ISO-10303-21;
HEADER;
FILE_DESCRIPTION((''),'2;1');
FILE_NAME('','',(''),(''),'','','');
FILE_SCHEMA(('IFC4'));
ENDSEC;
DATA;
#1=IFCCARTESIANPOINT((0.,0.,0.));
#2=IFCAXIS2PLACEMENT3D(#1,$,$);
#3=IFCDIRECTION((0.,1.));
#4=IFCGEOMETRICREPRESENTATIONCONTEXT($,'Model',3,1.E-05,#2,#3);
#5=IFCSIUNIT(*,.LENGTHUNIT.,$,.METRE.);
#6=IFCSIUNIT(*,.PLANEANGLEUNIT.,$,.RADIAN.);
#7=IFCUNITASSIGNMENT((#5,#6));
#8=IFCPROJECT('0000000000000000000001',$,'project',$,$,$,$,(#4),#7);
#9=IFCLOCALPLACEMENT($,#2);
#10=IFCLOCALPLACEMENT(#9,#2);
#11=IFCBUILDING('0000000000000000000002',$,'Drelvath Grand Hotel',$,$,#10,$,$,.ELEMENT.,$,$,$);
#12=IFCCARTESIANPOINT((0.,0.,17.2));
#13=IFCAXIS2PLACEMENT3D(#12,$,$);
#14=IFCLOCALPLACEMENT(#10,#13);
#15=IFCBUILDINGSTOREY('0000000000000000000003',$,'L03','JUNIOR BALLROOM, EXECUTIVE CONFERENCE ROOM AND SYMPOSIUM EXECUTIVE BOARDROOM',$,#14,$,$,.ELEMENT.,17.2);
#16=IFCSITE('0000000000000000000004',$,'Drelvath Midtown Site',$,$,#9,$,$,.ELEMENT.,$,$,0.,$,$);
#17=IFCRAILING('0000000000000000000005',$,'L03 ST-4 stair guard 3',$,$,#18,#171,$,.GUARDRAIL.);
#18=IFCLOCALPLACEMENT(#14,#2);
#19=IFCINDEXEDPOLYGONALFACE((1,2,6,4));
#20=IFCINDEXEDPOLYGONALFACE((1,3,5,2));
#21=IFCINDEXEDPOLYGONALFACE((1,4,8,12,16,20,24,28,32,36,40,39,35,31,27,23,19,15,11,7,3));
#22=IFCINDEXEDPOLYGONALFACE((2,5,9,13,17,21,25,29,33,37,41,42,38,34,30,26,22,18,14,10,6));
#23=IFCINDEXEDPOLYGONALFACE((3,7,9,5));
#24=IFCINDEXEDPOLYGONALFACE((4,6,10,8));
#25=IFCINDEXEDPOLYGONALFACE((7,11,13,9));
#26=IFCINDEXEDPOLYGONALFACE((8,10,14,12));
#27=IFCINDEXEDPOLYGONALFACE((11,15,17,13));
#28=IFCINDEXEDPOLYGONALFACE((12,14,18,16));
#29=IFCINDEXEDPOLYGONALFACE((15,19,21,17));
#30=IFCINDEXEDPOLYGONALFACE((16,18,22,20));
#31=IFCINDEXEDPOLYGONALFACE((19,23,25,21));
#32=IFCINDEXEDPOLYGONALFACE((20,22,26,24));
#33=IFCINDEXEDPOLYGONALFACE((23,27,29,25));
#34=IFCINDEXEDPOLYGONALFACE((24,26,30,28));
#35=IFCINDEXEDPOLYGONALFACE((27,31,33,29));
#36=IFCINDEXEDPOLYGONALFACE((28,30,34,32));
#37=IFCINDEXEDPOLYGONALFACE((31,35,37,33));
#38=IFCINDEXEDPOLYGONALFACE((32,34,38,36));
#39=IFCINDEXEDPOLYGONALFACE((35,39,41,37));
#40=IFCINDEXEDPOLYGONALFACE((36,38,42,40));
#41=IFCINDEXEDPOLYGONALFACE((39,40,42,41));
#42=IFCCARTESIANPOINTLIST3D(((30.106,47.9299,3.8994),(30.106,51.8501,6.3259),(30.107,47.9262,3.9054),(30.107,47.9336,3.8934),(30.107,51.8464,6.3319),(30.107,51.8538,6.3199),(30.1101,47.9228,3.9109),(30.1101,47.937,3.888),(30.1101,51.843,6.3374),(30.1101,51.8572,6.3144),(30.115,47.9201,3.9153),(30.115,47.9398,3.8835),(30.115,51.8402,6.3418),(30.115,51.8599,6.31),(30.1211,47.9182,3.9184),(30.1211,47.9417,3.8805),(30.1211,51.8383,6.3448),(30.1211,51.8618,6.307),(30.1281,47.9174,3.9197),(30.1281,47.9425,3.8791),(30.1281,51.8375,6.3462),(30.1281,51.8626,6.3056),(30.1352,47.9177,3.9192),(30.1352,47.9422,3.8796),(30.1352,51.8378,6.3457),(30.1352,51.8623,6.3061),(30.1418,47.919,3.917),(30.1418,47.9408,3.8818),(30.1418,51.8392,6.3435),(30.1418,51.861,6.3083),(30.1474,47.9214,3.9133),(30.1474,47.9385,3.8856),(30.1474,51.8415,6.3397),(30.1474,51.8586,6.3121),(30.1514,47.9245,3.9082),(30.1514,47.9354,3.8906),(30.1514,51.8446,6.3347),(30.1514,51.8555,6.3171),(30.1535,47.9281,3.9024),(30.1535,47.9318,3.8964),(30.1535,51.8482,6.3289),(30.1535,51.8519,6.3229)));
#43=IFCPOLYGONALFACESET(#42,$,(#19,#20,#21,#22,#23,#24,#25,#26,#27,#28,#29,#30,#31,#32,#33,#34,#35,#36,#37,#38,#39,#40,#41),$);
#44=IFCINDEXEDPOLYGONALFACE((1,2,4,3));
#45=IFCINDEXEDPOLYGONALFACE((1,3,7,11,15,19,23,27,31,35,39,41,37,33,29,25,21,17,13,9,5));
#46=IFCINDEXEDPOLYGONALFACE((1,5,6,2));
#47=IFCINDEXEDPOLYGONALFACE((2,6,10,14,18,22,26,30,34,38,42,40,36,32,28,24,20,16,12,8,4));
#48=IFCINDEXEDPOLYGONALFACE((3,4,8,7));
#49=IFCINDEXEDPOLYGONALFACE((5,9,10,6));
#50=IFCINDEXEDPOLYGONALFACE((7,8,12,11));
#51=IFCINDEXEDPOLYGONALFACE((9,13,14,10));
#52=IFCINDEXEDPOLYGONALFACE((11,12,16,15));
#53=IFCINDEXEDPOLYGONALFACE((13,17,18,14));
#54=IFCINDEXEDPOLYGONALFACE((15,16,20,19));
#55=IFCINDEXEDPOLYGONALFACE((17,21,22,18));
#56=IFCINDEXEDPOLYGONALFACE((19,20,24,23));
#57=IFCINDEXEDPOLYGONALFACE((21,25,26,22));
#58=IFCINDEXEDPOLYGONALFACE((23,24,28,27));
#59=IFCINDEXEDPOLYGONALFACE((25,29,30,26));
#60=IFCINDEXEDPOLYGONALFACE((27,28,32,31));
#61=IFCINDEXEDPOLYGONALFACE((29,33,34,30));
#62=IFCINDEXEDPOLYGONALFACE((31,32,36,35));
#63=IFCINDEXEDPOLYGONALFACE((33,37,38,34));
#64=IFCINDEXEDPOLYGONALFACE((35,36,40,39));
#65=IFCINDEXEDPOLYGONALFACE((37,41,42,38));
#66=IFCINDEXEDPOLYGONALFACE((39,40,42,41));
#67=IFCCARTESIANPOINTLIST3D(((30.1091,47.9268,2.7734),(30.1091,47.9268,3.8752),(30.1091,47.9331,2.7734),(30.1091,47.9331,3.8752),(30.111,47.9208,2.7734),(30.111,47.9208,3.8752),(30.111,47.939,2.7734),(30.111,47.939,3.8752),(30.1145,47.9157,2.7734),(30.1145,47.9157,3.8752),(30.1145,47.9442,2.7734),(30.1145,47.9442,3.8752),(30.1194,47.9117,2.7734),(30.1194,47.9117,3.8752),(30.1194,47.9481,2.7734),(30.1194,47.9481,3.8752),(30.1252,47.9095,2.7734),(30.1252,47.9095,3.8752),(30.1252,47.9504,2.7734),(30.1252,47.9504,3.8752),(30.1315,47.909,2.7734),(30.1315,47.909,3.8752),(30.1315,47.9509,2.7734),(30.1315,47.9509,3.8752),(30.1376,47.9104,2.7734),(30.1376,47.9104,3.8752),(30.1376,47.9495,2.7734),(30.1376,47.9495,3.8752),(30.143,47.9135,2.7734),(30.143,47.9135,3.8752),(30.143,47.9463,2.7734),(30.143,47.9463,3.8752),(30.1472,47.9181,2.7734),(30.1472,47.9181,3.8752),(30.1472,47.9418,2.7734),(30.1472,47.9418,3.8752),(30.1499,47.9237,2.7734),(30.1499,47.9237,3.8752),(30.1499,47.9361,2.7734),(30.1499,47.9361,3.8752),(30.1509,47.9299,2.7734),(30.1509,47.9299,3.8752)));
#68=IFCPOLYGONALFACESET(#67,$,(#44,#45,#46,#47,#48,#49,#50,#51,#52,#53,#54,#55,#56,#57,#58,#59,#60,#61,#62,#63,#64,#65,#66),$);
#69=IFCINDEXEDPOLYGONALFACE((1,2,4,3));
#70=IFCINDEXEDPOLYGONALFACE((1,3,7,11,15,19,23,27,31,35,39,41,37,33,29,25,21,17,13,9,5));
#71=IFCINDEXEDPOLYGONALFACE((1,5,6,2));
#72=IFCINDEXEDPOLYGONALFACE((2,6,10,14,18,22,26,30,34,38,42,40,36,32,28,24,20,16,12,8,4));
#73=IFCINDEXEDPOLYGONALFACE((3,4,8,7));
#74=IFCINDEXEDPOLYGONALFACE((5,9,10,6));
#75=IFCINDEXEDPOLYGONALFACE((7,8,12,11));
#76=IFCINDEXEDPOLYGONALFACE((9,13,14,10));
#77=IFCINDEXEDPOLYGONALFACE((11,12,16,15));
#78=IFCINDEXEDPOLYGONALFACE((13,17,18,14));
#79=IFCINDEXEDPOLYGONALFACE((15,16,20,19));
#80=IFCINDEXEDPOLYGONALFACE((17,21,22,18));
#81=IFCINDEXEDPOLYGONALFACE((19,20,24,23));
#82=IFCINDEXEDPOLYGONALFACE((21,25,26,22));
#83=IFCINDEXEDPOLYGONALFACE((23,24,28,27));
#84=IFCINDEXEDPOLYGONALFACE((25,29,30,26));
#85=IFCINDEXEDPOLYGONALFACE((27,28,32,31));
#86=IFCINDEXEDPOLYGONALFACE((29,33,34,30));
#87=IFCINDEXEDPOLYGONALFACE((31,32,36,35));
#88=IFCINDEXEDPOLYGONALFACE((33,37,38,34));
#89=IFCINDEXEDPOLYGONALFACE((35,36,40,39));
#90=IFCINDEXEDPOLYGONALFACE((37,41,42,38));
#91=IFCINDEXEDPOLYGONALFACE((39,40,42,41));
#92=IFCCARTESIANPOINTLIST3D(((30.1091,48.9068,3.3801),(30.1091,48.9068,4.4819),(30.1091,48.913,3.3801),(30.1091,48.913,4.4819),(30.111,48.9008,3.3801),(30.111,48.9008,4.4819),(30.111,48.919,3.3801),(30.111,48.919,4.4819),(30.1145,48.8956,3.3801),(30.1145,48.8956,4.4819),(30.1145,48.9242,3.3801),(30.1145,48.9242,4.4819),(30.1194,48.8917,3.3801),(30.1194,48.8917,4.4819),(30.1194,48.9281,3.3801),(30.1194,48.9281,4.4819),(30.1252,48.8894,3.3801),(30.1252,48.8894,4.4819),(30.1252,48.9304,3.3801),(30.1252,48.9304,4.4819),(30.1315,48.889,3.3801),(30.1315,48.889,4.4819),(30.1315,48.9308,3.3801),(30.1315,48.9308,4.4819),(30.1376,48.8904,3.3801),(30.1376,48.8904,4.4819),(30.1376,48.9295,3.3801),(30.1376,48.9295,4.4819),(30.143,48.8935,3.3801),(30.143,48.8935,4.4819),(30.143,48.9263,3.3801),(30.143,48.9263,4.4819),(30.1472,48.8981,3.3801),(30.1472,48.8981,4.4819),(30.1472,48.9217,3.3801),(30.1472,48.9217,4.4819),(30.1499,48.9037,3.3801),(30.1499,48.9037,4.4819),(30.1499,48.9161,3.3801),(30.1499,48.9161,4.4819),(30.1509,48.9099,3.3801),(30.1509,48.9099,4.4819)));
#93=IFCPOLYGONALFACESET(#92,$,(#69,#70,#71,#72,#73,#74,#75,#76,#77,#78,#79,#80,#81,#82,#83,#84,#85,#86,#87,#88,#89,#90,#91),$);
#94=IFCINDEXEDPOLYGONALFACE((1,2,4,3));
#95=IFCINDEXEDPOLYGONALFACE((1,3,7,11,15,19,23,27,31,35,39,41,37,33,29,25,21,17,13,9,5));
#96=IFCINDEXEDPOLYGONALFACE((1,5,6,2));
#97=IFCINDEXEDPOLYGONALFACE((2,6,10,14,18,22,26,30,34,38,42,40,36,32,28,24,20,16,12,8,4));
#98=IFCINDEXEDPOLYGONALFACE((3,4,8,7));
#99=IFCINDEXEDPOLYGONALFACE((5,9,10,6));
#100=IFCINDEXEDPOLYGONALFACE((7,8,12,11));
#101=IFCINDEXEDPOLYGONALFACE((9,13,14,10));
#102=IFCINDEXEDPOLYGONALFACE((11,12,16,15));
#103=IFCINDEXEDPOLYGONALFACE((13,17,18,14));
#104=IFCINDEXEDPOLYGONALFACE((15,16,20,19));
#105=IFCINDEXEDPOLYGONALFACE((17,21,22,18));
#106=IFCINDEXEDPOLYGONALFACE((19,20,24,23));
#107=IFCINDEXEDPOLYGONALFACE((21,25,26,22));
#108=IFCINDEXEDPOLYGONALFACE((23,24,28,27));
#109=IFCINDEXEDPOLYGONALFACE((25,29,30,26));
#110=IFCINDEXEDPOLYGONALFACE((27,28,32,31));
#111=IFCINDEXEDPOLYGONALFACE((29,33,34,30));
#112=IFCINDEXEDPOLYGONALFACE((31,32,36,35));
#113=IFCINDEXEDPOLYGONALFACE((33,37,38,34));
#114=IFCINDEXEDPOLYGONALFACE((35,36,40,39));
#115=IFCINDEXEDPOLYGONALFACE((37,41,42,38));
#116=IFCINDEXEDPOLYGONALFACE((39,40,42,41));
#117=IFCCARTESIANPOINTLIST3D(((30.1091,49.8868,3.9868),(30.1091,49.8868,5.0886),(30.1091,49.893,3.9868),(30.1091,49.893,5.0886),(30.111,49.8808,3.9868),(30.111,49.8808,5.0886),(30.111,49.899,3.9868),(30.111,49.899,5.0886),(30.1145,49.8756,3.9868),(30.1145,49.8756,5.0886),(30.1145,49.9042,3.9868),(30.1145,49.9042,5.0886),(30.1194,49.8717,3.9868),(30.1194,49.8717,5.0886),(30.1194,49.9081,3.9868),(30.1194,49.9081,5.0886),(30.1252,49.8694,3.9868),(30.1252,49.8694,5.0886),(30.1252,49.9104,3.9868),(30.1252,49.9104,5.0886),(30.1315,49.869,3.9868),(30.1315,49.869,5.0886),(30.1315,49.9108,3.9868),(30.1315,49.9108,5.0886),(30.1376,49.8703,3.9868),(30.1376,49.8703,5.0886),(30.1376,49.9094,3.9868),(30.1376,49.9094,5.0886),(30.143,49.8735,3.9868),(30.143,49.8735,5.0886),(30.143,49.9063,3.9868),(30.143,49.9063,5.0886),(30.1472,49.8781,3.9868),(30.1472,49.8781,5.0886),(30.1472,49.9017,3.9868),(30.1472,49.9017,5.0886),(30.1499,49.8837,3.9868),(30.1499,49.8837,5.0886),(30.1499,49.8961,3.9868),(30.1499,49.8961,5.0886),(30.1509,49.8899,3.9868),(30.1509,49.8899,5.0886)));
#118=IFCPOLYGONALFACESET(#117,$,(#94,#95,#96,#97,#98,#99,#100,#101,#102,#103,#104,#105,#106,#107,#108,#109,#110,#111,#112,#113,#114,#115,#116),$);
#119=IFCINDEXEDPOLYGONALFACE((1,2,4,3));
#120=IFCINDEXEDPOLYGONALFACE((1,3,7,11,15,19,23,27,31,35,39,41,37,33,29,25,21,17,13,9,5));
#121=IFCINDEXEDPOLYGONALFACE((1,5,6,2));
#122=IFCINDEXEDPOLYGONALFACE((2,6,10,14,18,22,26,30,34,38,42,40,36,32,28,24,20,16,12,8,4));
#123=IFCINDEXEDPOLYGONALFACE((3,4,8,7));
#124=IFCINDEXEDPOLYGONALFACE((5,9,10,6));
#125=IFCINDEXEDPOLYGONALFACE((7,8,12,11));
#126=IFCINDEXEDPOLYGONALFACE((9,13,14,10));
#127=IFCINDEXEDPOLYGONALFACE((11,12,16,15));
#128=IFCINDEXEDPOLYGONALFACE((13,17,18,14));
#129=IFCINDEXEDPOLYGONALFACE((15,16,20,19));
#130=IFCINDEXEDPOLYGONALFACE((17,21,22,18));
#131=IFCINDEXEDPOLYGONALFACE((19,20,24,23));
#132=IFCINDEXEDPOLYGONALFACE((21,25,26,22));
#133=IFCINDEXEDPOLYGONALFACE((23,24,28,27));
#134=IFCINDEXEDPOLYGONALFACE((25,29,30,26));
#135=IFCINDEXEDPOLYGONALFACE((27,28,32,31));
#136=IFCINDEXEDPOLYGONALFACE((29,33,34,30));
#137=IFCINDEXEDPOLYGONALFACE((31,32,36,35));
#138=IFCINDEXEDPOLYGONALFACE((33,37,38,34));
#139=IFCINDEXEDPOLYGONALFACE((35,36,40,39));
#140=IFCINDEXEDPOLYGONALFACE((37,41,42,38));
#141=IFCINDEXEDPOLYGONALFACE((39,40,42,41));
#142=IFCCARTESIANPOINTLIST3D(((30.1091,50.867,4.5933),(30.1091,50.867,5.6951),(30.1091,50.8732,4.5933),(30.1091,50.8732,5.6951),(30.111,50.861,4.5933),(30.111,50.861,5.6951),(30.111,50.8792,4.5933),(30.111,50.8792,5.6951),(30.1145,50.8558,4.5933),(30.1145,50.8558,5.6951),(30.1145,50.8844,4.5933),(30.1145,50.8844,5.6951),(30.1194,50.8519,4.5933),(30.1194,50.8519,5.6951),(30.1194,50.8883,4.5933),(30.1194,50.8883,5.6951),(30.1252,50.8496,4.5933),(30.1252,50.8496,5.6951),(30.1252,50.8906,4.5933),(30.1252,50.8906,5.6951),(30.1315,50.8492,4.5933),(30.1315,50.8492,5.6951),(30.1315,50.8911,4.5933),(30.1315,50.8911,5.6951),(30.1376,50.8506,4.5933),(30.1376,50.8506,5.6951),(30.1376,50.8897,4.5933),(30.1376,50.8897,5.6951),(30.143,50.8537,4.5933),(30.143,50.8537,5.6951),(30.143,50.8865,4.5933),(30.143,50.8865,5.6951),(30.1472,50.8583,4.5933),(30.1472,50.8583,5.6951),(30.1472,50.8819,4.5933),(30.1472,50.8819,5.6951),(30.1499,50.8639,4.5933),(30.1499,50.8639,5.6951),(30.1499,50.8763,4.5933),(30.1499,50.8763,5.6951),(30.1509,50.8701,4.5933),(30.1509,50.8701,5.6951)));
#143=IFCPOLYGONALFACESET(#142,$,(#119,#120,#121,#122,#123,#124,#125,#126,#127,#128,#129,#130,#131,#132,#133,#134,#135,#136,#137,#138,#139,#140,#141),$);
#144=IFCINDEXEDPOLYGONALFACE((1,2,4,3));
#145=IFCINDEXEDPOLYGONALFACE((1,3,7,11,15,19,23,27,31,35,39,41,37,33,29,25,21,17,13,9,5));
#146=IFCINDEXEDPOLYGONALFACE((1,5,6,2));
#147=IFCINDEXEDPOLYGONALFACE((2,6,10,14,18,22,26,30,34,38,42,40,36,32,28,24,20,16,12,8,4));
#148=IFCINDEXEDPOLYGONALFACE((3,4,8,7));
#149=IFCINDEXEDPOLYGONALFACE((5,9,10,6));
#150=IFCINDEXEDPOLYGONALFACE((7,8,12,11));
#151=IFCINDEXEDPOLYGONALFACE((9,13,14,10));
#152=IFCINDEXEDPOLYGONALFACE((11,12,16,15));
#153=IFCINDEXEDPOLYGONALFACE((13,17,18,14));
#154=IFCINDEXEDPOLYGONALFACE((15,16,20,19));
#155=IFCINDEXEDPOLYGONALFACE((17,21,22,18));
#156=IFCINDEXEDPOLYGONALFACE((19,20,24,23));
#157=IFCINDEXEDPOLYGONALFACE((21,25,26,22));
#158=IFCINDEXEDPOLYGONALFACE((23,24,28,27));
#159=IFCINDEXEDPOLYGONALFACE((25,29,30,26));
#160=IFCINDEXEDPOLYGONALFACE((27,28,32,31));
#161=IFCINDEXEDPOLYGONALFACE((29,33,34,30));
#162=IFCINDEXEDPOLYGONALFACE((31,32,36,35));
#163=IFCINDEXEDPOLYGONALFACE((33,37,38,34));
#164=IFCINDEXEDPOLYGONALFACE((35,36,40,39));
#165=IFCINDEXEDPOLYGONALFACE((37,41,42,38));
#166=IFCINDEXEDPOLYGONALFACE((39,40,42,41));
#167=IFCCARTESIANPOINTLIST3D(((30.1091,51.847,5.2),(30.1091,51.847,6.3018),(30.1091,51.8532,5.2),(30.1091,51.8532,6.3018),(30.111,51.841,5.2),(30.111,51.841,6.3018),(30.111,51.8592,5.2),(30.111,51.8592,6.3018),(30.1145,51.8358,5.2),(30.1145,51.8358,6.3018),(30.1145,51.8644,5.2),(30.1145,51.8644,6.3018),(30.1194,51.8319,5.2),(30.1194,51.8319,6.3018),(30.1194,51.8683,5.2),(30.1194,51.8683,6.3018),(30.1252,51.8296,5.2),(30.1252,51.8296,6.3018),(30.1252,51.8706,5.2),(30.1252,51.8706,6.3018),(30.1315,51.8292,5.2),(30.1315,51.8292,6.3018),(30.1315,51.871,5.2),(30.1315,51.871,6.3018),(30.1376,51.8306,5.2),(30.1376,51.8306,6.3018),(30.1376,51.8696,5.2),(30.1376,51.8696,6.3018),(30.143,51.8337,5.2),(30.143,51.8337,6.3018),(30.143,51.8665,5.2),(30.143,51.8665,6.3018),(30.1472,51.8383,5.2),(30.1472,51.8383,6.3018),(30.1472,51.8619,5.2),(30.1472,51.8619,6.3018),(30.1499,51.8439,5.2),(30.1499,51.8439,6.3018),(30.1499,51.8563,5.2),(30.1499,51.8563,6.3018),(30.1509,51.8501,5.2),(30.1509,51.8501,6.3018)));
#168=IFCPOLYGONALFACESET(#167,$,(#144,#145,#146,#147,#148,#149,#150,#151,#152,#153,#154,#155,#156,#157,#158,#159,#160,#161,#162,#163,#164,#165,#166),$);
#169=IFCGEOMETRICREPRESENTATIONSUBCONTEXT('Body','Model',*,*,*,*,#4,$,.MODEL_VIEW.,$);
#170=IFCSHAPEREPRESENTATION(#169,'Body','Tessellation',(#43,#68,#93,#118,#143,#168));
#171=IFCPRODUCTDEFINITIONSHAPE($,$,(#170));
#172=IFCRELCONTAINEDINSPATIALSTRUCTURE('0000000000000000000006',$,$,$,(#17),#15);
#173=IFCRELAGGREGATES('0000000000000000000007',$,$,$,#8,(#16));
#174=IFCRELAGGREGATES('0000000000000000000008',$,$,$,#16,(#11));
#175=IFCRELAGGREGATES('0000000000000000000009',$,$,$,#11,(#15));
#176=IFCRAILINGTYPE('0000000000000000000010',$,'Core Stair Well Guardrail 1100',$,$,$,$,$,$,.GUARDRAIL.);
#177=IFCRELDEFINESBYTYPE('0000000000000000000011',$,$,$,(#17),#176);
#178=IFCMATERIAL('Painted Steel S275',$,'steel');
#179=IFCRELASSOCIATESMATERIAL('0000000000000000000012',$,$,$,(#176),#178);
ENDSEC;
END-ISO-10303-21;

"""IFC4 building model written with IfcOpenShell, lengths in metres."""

from ifc_helpers import new_model, si_unit, direction, frame, origin, origin_2d, place, context, subcontext, project, spatial, circle, extrude, material, type_object, element, save


model = new_model("IFC4")

# Units and contexts
model_context = context("Model", 3, precision=1e-05, world=origin(), true_north=direction((0.0, 1.0)))
body_context = subcontext(model_context, "Body", "Model", "MODEL_VIEW")
ifc_project = project(units=[si_unit("LENGTHUNIT", "METRE"), si_unit("PLANEANGLEUNIT", "RADIAN")], contexts=[model_context])

# Site, building, storey
site_placement = place(None, origin())
site = spatial("IfcSite", under=ifc_project, at=site_placement, Name="Drelvath Midtown Site", CompositionType="ELEMENT", RefElevation=0.0)
building_placement = place(site_placement, origin())
building = spatial("IfcBuilding", under=site, at=building_placement, Name="Drelvath Grand Hotel", CompositionType="ELEMENT")
storey_placement = place(building_placement, frame((0.0, 0.0, 17.2)))
storey = spatial("IfcBuildingStorey", under=building, at=storey_placement, Name="L03", Description="JUNIOR BALLROOM, EXECUTIVE CONFERENCE ROOM AND SYMPOSIUM EXECUTIVE BOARDROOM", CompositionType="ELEMENT", Elevation=17.2)

# Shared definitions
ifc_material_1 = material(Name="Painted Steel S275", Category="steel")

# Railing
railing_type_1 = type_object("IfcRailingType", Name="Core Stair Well Guardrail 1100", PredefinedType="GUARDRAIL", material=ifc_material_1)
railing_1_placement = place(storey_placement, frame((30.1299, 47.9299, 2.7734)))
element("IfcRailing", 1, at=railing_1_placement, inside=storey, type_object=railing_type_1, Name="L03 ST-4 stair guard 3", PredefinedType="GUARDRAIL", context=body_context, shape_type="SweptSolid", body=[
    extrude(circle(Radius=0.0239, at=origin_2d()), frame((0.0, 0.0, 1.126), z_axis=(0.0, 0.85029, 0.526315), x_axis=(-1.0, 0.0, 0.0)), (0.0, 0.0, 1.0), 4.6104),
    extrude(circle(Radius=0.021, at=origin_2d()), origin(), (0.0, 0.0, 1.0), 1.1018),
    extrude(circle(Radius=0.021, at=origin_2d()), frame((0.0, 0.98, 0.6067)), (0.0, 0.0, 1.0), 1.1018),
    extrude(circle(Radius=0.021, at=origin_2d()), frame((0.0, 1.96, 1.2134)), (0.0, 0.0, 1.0), 1.1018),
    extrude(circle(Radius=0.021, at=origin_2d()), frame((0.0, 2.9402, 1.8198)), (0.0, 0.0, 1.0), 1.1018),
    extrude(circle(Radius=0.021, at=origin_2d()), frame((0.0, 3.9202, 2.4265)), (0.0, 0.0, 1.0), 1.1018),
])

save(model, "model.ifc")
